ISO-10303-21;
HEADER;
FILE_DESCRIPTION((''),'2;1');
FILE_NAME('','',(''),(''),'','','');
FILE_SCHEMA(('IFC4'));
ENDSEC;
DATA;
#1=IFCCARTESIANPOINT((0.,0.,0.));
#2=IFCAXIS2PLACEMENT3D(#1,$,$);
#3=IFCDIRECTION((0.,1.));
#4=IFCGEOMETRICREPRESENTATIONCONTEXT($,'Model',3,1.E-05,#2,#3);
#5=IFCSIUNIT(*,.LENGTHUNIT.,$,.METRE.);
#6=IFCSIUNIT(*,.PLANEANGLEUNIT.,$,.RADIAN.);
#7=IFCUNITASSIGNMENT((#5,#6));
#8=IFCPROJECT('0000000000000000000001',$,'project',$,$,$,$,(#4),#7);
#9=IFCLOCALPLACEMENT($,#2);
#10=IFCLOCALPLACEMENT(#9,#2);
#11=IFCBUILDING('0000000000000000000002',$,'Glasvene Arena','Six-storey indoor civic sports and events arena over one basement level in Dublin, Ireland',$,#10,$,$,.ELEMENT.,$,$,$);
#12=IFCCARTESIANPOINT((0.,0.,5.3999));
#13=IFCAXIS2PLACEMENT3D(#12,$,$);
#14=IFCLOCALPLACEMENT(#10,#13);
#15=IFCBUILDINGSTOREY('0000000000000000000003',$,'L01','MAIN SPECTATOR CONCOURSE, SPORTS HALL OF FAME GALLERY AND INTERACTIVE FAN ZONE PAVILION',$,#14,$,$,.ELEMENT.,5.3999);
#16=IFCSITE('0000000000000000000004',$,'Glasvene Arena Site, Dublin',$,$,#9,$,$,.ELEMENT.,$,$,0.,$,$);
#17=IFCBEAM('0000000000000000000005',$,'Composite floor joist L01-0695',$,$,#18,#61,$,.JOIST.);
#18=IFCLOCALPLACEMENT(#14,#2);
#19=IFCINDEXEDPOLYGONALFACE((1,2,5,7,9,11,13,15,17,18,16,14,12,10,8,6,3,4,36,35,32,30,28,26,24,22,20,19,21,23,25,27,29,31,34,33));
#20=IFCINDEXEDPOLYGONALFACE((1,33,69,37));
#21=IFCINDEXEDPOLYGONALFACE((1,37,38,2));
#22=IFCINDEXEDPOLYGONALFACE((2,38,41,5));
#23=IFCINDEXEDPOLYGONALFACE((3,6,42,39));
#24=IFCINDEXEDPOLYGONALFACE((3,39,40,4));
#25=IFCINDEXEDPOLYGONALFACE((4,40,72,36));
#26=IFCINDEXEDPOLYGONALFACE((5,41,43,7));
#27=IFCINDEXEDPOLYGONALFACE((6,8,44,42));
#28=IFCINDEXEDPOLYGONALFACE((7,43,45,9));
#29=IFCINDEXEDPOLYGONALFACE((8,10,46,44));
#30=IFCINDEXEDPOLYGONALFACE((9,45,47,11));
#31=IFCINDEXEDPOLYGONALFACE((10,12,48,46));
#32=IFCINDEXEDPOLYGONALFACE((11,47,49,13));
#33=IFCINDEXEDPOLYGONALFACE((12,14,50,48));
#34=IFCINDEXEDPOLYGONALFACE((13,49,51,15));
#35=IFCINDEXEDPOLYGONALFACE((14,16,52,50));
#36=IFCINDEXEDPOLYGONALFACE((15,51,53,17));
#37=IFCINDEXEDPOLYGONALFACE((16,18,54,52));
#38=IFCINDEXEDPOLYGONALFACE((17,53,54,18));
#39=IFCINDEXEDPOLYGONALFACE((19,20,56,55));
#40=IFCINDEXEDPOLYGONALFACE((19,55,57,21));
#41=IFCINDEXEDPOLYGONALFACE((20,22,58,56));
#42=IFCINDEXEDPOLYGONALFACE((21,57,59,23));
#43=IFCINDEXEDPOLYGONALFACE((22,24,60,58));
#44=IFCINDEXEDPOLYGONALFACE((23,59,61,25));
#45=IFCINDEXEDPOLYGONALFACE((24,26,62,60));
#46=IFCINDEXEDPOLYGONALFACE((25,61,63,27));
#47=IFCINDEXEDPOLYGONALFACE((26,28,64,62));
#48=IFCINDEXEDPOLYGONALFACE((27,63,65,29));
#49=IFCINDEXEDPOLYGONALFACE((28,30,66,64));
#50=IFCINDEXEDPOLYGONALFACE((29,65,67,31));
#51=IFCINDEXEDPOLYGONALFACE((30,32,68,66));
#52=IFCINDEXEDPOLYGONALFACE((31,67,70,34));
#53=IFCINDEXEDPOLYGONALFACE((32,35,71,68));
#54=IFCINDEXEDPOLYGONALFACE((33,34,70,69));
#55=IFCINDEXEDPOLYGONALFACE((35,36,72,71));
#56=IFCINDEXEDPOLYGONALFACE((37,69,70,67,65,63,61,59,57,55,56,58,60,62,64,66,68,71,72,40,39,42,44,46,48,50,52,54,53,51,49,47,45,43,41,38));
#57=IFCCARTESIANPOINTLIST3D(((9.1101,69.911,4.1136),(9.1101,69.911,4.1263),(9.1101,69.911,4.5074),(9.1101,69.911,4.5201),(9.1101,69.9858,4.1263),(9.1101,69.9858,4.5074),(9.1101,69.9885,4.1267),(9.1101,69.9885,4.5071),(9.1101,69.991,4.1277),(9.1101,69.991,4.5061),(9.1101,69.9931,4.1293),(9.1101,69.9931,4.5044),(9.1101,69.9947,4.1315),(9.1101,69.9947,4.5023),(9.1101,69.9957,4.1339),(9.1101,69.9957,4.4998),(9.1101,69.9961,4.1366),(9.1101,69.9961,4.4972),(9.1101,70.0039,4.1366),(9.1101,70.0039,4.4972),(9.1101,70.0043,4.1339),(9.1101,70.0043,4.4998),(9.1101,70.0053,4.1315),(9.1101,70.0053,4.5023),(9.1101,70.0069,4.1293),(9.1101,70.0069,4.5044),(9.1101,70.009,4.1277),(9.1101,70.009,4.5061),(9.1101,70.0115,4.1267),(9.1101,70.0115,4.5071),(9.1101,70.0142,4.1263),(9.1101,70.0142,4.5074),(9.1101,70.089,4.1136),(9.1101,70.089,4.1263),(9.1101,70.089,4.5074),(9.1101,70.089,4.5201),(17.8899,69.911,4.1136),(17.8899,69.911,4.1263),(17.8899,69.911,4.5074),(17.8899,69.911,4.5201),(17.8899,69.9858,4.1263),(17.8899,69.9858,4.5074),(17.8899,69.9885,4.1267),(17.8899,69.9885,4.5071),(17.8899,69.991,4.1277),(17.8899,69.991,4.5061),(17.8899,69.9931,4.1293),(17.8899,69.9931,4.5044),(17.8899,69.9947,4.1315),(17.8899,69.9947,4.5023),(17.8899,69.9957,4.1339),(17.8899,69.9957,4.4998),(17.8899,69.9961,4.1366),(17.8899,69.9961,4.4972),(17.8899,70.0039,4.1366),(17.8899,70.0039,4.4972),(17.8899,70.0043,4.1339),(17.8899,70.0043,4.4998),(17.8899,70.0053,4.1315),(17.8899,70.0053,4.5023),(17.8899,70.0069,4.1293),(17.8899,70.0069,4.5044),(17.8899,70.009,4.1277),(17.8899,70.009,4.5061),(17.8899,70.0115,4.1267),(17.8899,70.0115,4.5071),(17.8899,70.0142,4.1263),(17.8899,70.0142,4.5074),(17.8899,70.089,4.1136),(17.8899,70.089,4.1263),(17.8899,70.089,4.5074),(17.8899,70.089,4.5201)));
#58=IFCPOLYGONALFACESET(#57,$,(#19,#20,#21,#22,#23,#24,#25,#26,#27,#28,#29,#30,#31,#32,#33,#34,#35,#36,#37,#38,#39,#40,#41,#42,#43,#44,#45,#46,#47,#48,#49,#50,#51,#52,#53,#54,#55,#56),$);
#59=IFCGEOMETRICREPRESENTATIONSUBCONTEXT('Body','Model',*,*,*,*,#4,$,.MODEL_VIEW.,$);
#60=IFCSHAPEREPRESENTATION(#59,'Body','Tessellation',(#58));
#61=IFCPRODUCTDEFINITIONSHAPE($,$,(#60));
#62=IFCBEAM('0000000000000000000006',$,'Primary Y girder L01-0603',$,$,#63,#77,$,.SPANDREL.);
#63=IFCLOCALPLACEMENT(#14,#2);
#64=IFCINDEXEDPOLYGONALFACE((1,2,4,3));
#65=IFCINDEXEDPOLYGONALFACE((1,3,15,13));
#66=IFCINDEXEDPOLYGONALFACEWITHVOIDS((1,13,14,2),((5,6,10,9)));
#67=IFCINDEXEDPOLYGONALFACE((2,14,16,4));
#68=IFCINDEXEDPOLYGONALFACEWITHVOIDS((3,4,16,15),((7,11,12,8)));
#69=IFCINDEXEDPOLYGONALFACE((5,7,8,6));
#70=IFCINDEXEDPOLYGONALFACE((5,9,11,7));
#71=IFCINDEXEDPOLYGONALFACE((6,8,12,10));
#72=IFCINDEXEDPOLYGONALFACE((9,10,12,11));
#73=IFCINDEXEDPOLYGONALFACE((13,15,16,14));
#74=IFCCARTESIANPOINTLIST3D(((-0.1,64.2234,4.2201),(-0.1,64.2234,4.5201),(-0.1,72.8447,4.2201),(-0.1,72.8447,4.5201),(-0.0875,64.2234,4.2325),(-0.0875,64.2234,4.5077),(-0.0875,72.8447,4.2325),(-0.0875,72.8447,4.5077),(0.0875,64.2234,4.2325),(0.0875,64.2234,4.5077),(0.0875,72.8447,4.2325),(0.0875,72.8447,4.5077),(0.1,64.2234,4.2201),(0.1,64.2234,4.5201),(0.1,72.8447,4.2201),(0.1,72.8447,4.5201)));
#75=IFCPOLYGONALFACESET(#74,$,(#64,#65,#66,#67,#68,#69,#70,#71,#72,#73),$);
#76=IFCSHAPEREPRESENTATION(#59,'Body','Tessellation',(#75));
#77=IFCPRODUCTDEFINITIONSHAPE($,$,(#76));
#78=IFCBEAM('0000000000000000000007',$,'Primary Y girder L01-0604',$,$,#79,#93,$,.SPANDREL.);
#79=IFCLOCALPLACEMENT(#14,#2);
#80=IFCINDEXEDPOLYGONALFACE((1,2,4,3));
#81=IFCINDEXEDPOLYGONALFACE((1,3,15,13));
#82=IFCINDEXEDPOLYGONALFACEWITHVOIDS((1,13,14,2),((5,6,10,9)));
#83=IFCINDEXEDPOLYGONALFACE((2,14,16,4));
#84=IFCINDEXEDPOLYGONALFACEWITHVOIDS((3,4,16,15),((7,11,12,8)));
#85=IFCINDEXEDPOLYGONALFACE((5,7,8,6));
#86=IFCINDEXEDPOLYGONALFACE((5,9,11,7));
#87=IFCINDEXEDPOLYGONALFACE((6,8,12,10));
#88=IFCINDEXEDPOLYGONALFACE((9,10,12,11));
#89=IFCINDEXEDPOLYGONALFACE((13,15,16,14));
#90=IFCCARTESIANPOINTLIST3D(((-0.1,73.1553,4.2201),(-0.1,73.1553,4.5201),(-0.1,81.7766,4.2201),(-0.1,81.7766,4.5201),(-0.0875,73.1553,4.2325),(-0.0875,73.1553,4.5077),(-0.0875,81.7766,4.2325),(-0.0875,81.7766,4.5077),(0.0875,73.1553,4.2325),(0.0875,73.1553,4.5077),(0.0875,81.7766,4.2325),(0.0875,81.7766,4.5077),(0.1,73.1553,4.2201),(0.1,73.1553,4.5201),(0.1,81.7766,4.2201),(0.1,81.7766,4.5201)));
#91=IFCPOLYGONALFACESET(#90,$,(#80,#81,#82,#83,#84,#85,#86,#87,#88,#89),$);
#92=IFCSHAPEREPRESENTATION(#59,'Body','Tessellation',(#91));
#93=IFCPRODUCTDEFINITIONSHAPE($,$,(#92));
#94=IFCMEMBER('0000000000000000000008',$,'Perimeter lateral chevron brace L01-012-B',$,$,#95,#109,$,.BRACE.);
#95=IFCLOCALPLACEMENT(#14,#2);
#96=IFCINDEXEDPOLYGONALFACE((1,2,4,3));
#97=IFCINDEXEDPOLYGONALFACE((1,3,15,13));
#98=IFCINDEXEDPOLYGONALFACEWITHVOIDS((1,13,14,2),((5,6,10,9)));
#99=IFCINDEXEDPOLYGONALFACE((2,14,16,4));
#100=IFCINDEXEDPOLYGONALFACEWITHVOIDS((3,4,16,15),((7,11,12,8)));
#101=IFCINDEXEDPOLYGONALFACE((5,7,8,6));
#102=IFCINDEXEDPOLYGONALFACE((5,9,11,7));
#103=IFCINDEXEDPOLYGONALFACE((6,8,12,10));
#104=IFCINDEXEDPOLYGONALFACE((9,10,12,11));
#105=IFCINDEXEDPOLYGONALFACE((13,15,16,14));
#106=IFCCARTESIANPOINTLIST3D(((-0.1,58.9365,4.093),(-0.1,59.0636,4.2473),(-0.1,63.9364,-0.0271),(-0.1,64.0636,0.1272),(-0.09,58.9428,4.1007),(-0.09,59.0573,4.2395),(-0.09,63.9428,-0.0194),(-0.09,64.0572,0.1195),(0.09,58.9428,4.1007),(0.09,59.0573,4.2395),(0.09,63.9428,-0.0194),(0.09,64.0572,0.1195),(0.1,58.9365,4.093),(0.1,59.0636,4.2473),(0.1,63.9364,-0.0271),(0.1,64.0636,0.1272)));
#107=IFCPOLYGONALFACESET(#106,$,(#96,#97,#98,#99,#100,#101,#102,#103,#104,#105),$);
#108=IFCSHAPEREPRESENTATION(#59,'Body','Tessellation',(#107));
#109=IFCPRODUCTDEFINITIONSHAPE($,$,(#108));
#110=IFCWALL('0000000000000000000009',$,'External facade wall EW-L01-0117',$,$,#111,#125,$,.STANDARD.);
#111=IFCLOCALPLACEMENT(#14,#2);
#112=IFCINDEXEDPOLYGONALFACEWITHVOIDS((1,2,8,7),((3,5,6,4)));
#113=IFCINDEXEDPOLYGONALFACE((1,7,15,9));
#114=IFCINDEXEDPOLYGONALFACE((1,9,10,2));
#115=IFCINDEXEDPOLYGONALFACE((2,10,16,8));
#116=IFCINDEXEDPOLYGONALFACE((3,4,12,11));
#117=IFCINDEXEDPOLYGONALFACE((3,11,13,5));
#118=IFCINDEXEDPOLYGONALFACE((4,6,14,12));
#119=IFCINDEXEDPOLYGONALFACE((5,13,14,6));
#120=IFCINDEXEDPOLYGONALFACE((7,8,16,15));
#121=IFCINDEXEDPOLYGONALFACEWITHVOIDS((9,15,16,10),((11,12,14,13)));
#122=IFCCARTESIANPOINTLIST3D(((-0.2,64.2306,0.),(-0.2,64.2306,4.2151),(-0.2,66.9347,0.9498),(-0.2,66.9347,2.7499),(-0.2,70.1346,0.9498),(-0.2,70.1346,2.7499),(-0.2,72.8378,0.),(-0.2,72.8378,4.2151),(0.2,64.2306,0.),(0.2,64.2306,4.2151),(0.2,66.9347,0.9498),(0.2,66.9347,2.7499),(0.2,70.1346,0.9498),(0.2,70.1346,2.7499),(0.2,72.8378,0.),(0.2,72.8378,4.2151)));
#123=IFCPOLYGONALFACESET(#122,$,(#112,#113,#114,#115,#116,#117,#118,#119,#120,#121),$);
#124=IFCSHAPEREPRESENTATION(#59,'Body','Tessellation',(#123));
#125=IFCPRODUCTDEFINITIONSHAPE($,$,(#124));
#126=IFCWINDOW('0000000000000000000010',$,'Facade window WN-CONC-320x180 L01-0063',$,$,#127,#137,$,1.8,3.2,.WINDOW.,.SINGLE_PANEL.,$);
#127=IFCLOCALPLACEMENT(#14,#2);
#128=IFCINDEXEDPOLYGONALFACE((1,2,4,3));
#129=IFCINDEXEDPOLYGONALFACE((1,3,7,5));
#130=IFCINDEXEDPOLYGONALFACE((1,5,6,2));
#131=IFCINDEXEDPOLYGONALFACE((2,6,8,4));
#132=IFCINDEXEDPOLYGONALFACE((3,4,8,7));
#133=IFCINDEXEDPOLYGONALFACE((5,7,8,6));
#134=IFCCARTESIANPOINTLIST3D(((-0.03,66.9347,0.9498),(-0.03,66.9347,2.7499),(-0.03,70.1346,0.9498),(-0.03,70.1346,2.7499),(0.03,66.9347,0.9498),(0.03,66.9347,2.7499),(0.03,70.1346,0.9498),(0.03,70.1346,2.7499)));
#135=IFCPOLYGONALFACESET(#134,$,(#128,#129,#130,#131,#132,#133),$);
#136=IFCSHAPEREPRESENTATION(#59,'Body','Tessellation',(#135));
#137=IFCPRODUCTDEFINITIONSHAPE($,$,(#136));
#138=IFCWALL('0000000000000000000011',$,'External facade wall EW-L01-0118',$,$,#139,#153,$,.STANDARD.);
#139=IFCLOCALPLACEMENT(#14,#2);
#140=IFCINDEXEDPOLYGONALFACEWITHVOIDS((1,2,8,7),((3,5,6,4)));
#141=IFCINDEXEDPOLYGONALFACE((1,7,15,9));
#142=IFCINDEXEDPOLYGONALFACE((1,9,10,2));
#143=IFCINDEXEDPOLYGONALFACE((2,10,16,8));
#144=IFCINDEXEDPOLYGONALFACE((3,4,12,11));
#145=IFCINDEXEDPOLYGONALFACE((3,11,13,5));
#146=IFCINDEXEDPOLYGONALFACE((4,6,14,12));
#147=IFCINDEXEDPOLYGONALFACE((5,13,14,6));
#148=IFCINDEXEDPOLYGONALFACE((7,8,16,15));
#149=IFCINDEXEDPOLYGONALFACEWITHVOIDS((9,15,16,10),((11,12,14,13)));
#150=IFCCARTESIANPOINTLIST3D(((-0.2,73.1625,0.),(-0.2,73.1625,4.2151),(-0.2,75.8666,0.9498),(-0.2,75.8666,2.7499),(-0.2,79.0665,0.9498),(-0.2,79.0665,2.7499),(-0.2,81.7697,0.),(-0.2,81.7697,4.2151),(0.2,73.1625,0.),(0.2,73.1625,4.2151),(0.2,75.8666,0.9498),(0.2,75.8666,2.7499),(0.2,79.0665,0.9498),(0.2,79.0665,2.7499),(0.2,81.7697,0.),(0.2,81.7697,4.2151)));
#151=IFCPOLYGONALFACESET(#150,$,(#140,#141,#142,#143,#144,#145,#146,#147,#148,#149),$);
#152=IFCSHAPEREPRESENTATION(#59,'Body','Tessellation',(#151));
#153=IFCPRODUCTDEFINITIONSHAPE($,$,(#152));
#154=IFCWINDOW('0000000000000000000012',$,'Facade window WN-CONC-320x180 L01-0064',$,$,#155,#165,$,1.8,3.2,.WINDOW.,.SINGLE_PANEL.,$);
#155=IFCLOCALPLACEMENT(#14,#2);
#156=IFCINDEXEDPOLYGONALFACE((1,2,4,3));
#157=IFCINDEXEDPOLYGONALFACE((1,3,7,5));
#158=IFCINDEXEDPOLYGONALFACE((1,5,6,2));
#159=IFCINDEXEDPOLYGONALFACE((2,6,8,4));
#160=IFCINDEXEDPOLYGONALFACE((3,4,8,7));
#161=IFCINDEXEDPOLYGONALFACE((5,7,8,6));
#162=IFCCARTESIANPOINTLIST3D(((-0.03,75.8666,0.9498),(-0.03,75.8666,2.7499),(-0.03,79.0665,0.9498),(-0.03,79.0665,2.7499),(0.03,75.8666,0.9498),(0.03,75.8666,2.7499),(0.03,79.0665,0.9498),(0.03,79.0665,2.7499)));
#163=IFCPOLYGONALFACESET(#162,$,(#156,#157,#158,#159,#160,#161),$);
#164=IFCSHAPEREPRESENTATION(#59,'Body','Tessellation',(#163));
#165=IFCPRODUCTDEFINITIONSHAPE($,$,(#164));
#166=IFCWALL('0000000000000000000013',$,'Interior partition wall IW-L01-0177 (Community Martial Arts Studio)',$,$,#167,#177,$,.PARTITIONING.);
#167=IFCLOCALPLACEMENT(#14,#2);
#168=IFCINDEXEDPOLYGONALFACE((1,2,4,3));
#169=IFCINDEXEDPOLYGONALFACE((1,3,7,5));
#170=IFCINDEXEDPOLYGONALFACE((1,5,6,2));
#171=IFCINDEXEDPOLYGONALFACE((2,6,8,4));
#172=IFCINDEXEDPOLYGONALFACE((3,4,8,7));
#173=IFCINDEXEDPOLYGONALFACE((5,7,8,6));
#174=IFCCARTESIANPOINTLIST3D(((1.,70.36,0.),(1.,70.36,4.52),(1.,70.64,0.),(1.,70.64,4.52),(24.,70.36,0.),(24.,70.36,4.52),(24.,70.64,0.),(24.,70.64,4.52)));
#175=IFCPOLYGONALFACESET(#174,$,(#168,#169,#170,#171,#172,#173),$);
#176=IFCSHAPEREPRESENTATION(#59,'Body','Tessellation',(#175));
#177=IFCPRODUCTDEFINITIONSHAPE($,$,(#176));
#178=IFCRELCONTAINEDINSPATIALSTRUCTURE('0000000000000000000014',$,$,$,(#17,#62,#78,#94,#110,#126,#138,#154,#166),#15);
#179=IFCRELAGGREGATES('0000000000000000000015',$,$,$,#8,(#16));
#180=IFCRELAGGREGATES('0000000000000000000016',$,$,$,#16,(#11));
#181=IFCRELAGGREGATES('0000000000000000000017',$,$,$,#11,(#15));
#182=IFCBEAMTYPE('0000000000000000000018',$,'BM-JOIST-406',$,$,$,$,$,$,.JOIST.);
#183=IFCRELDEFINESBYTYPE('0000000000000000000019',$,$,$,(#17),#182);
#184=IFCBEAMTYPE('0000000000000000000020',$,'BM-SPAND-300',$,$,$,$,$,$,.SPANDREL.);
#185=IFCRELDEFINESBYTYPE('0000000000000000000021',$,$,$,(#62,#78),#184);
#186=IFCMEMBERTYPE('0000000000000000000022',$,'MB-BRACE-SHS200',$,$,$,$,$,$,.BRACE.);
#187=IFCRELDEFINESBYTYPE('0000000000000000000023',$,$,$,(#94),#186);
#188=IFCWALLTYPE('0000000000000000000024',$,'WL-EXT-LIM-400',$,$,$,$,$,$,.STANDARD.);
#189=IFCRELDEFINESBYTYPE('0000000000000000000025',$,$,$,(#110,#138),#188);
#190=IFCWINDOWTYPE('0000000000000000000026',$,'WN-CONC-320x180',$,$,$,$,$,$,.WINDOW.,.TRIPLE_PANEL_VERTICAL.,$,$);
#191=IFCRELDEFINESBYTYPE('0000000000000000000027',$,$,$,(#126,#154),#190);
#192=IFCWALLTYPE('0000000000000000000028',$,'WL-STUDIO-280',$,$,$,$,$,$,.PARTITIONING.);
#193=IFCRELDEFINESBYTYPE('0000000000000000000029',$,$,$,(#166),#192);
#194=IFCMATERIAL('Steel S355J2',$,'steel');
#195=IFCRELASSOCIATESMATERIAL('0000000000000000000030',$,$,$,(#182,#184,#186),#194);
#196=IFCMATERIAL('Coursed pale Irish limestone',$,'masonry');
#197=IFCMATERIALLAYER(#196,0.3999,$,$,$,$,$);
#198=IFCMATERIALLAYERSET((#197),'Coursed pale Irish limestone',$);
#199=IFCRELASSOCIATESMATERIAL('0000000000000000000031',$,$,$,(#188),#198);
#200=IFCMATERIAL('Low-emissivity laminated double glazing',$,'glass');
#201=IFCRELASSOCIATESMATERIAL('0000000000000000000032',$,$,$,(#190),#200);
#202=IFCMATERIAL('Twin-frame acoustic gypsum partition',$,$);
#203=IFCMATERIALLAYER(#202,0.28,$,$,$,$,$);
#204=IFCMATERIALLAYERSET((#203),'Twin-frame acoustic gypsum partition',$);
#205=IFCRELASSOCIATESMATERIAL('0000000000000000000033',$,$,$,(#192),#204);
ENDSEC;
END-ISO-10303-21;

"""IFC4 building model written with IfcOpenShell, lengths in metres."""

from ifc_helpers import new_model, si_unit, direction, frame, frame_2d, origin, origin_2d, place, context, subcontext, project, spatial, rectangle, hollow_rectangle, i_section, extrude, material, layer, layer_set, material_profile, profile_set, type_object, element, fill, save


model = new_model("IFC4")

# Units and contexts
model_context = context("Model", 3, precision=1e-05, world=origin(), true_north=direction((0.0, 1.0)))
body_context = subcontext(model_context, "Body", "Model", "MODEL_VIEW")
ifc_project = project(units=[si_unit("LENGTHUNIT", "METRE"), si_unit("PLANEANGLEUNIT", "RADIAN")], contexts=[model_context])

# Site, building, storey
site_placement = place(None, origin())
site = spatial("IfcSite", under=ifc_project, at=site_placement, Name="Glasvene Arena Site, Dublin", CompositionType="ELEMENT", RefElevation=0.0)
building_placement = place(site_placement, origin())
building = spatial("IfcBuilding", under=site, at=building_placement, Name="Glasvene Arena", Description="Six-storey indoor civic sports and events arena over one basement level in Dublin, Ireland", CompositionType="ELEMENT")
storey_placement = place(building_placement, frame((0.0, 0.0, 5.3999)))
storey = spatial("IfcBuildingStorey", under=building, at=storey_placement, Name="L01", Description="MAIN SPECTATOR CONCOURSE, SPORTS HALL OF FAME GALLERY AND INTERACTIVE FAN ZONE PAVILION", CompositionType="ELEMENT", Elevation=5.3999)

# Shared definitions
ifc_material_1 = material(Name="Steel S355J2", Category="steel")

# Beams
ifc_material_profile_1 = material_profile(ifc_material_1, i_section(OverallWidth=0.178, OverallDepth=0.4065, WebThickness=0.0078, FlangeThickness=0.0127, FilletRadius=0.0103, at=origin_2d()), Name="UKB 406x178x60")
ifc_profile_set_1 = profile_set([ifc_material_profile_1], Name="Steel S355J2")
beam_type_1 = type_object("IfcBeamType", Name="BM-JOIST-406", PredefinedType="JOIST", material=ifc_profile_set_1)
for number, where, z_axis, x_axis, name in (
    (1, (9.1101, 70.0, 4.3169), (1.0, 0.0, 0.0), (0.0, 1.0, 0.0), "Composite floor joist L01-0695"),
):
    element("IfcBeam", number, at=place(storey_placement, frame(where, z_axis=z_axis, x_axis=x_axis)), inside=storey, type_object=beam_type_1, Name=name, PredefinedType="JOIST", context=body_context, shape_type="SweptSolid", body=[
        extrude(i_section(OverallWidth=0.178, OverallDepth=0.4065, WebThickness=0.0078, FlangeThickness=0.0127, FilletRadius=0.0103, at=origin_2d()), origin(), (0.0, 0.0, 1.0), 8.7798),
    ])
ifc_material_profile_2 = material_profile(ifc_material_1, hollow_rectangle(XDim=0.2, YDim=0.3, WallThickness=0.0125, at=origin_2d()), Name="RHS 300x200x12.5")
ifc_profile_set_2 = profile_set([ifc_material_profile_2], Name="Steel S355J2")
beam_type_2 = type_object("IfcBeamType", Name="BM-SPAND-300", PredefinedType="SPANDREL", material=ifc_profile_set_2)
for number, where, z_axis, x_axis, name in (
    (2, (0.0, 64.2234, 4.3701), (0.0, 1.0, 0.0), (-1.0, 0.0, 0.0), "Primary Y girder L01-0603"),
    (3, (0.0, 73.1553, 4.3701), (0.0, 1.0, 0.0), (-1.0, 0.0, 0.0), "Primary Y girder L01-0604"),
):
    element("IfcBeam", number, at=place(storey_placement, frame(where, z_axis=z_axis, x_axis=x_axis)), inside=storey, type_object=beam_type_2, Name=name, PredefinedType="SPANDREL", context=body_context, shape_type="SweptSolid", body=[
        extrude(hollow_rectangle(XDim=0.2, YDim=0.3, WallThickness=0.0125, at=origin_2d()), origin(), (0.0, 0.0, 1.0), 8.6213),
    ])

# Member
ifc_material_profile_3 = material_profile(ifc_material_1, hollow_rectangle(XDim=0.2, YDim=0.2, WallThickness=0.01, at=origin_2d()), Name="SHS 200x200x10.0")
ifc_profile_set_3 = profile_set([ifc_material_profile_3], Name="Steel S355J2")
member_type = type_object("IfcMemberType", Name="MB-BRACE-SHS200", PredefinedType="BRACE", material=ifc_profile_set_3)
member_placement = place(storey_placement, frame((0.0, 64.0, 0.05), z_axis=(0.0, -0.771743, 0.635934), x_axis=(1.0, 0.0, 0.0)))
element("IfcMember", 4, at=member_placement, inside=storey, type_object=member_type, Name="Perimeter lateral chevron brace L01-012-B", PredefinedType="BRACE", context=body_context, shape_type="SweptSolid", body=[
    extrude(hollow_rectangle(XDim=0.2, YDim=0.2, WallThickness=0.01, at=origin_2d()), origin(), (0.0, 0.0, 1.0), 6.4788),
])

# Walls, openings, windows
ifc_material_2 = material(Name="Coursed pale Irish limestone", Category="masonry")
ifc_layer_1 = layer(ifc_material_2, 0.3999)
ifc_layer_set_1 = layer_set([ifc_layer_1], Name="Coursed pale Irish limestone")
wall_type_1 = type_object("IfcWallType", Name="WL-EXT-LIM-400", PredefinedType="STANDARD", material=ifc_layer_set_1)
wall_1_placement = place(storey_placement, frame((0.0, 64.2305, 0.0), z_axis=(0.0, 0.0, 1.0), x_axis=(0.0, 1.0, 0.0)))
wall_1 = element("IfcWall", 5, at=wall_1_placement, inside=storey, type_object=wall_type_1, Name="External facade wall EW-L01-0117", PredefinedType="STANDARD", context=body_context, shape_type="SweptSolid", body=[
    extrude(rectangle(XDim=8.6072, YDim=0.3999, at=frame_2d((4.3037, 0.0))), origin(), (0.0, 0.0, 1.0), 4.2151),
])
opening_1_placement = place(wall_1_placement, frame((2.7041, 0.0, 0.95)))
opening_1 = element("IfcOpeningElement", 6, at=opening_1_placement, cuts=wall_1, PredefinedType="OPENING", context=body_context, shape_type="SweptSolid", body=[
    extrude(rectangle(XDim=3.2, YDim=1.8, at=frame_2d((1.6001, 0.8999))), frame((0.0, 0.21, 0.0), z_axis=(0.0, -1.0, 0.0), x_axis=(1.0, 0.0, 0.0)), (0.0, 0.0, 1.0), 0.4199),
])
ifc_material_3 = material(Name="Low-emissivity laminated double glazing", Category="glass")
window_type = type_object("IfcWindowType", Name="WN-CONC-320x180", PartitioningType="TRIPLE_PANEL_VERTICAL", PredefinedType="WINDOW", material=ifc_material_3)
window_1_placement = place(opening_1_placement, origin())
window_1 = element("IfcWindow", 7, at=window_1_placement, inside=storey, type_object=window_type, Name="Facade window WN-CONC-320x180 L01-0063", OverallHeight=1.8, OverallWidth=3.2, PartitioningType="SINGLE_PANEL", PredefinedType="WINDOW", context=body_context, shape_type="SweptSolid", body=[
    extrude(rectangle(XDim=3.2, YDim=1.8, at=frame_2d((1.6001, 0.8999))), frame((0.0, 0.03, 0.0), z_axis=(0.0, -1.0, 0.0), x_axis=(1.0, 0.0, 0.0)), (0.0, 0.0, 1.0), 0.0601),
])
fill(opening_1, window_1)
wall_2_placement = place(storey_placement, frame((0.0, 73.1624, 0.0), z_axis=(0.0, 0.0, 1.0), x_axis=(0.0, 1.0, 0.0)))
wall_2 = element("IfcWall", 8, at=wall_2_placement, inside=storey, type_object=wall_type_1, Name="External facade wall EW-L01-0118", PredefinedType="STANDARD", context=body_context, shape_type="SweptSolid", body=[
    extrude(rectangle(XDim=8.6072, YDim=0.3999, at=frame_2d((4.3037, 0.0))), origin(), (0.0, 0.0, 1.0), 4.2151),
])
opening_2_placement = place(wall_2_placement, frame((2.7041, 0.0, 0.95)))
opening_2 = element("IfcOpeningElement", 9, at=opening_2_placement, cuts=wall_2, PredefinedType="OPENING", context=body_context, shape_type="SweptSolid", body=[
    extrude(rectangle(XDim=3.2, YDim=1.8, at=frame_2d((1.6001, 0.8999))), frame((0.0, 0.21, 0.0), z_axis=(0.0, -1.0, 0.0), x_axis=(1.0, 0.0, 0.0)), (0.0, 0.0, 1.0), 0.4199),
])
window_2_placement = place(opening_2_placement, origin())
window_2 = element("IfcWindow", 10, at=window_2_placement, inside=storey, type_object=window_type, Name="Facade window WN-CONC-320x180 L01-0064", OverallHeight=1.8, OverallWidth=3.2, PartitioningType="SINGLE_PANEL", PredefinedType="WINDOW", context=body_context, shape_type="SweptSolid", body=[
    extrude(rectangle(XDim=3.2, YDim=1.8, at=frame_2d((1.6001, 0.8999))), frame((0.0, 0.03, 0.0), z_axis=(0.0, -1.0, 0.0), x_axis=(1.0, 0.0, 0.0)), (0.0, 0.0, 1.0), 0.0601),
])
fill(opening_2, window_2)

# Wall
ifc_material_4 = material(Name="Twin-frame acoustic gypsum partition")
ifc_layer_2 = layer(ifc_material_4, 0.28)
ifc_layer_set_2 = layer_set([ifc_layer_2], Name="Twin-frame acoustic gypsum partition")
wall_type_2 = type_object("IfcWallType", Name="WL-STUDIO-280", PredefinedType="PARTITIONING", material=ifc_layer_set_2)
wall_3_placement = place(storey_placement, frame((1.0, 70.5, 0.0), z_axis=(0.0, 0.0, 1.0), x_axis=(1.0, 0.0, 0.0)))
element("IfcWall", 11, at=wall_3_placement, inside=storey, type_object=wall_type_2, Name="Interior partition wall IW-L01-0177 (Community Martial Arts Studio)", PredefinedType="PARTITIONING", context=body_context, shape_type="SweptSolid", body=[
    extrude(rectangle(XDim=23.0, YDim=0.28, at=frame_2d((11.5, 0.0))), origin(), (0.0, 0.0, 1.0), 4.52),
])

save(model, "model.ifc")
